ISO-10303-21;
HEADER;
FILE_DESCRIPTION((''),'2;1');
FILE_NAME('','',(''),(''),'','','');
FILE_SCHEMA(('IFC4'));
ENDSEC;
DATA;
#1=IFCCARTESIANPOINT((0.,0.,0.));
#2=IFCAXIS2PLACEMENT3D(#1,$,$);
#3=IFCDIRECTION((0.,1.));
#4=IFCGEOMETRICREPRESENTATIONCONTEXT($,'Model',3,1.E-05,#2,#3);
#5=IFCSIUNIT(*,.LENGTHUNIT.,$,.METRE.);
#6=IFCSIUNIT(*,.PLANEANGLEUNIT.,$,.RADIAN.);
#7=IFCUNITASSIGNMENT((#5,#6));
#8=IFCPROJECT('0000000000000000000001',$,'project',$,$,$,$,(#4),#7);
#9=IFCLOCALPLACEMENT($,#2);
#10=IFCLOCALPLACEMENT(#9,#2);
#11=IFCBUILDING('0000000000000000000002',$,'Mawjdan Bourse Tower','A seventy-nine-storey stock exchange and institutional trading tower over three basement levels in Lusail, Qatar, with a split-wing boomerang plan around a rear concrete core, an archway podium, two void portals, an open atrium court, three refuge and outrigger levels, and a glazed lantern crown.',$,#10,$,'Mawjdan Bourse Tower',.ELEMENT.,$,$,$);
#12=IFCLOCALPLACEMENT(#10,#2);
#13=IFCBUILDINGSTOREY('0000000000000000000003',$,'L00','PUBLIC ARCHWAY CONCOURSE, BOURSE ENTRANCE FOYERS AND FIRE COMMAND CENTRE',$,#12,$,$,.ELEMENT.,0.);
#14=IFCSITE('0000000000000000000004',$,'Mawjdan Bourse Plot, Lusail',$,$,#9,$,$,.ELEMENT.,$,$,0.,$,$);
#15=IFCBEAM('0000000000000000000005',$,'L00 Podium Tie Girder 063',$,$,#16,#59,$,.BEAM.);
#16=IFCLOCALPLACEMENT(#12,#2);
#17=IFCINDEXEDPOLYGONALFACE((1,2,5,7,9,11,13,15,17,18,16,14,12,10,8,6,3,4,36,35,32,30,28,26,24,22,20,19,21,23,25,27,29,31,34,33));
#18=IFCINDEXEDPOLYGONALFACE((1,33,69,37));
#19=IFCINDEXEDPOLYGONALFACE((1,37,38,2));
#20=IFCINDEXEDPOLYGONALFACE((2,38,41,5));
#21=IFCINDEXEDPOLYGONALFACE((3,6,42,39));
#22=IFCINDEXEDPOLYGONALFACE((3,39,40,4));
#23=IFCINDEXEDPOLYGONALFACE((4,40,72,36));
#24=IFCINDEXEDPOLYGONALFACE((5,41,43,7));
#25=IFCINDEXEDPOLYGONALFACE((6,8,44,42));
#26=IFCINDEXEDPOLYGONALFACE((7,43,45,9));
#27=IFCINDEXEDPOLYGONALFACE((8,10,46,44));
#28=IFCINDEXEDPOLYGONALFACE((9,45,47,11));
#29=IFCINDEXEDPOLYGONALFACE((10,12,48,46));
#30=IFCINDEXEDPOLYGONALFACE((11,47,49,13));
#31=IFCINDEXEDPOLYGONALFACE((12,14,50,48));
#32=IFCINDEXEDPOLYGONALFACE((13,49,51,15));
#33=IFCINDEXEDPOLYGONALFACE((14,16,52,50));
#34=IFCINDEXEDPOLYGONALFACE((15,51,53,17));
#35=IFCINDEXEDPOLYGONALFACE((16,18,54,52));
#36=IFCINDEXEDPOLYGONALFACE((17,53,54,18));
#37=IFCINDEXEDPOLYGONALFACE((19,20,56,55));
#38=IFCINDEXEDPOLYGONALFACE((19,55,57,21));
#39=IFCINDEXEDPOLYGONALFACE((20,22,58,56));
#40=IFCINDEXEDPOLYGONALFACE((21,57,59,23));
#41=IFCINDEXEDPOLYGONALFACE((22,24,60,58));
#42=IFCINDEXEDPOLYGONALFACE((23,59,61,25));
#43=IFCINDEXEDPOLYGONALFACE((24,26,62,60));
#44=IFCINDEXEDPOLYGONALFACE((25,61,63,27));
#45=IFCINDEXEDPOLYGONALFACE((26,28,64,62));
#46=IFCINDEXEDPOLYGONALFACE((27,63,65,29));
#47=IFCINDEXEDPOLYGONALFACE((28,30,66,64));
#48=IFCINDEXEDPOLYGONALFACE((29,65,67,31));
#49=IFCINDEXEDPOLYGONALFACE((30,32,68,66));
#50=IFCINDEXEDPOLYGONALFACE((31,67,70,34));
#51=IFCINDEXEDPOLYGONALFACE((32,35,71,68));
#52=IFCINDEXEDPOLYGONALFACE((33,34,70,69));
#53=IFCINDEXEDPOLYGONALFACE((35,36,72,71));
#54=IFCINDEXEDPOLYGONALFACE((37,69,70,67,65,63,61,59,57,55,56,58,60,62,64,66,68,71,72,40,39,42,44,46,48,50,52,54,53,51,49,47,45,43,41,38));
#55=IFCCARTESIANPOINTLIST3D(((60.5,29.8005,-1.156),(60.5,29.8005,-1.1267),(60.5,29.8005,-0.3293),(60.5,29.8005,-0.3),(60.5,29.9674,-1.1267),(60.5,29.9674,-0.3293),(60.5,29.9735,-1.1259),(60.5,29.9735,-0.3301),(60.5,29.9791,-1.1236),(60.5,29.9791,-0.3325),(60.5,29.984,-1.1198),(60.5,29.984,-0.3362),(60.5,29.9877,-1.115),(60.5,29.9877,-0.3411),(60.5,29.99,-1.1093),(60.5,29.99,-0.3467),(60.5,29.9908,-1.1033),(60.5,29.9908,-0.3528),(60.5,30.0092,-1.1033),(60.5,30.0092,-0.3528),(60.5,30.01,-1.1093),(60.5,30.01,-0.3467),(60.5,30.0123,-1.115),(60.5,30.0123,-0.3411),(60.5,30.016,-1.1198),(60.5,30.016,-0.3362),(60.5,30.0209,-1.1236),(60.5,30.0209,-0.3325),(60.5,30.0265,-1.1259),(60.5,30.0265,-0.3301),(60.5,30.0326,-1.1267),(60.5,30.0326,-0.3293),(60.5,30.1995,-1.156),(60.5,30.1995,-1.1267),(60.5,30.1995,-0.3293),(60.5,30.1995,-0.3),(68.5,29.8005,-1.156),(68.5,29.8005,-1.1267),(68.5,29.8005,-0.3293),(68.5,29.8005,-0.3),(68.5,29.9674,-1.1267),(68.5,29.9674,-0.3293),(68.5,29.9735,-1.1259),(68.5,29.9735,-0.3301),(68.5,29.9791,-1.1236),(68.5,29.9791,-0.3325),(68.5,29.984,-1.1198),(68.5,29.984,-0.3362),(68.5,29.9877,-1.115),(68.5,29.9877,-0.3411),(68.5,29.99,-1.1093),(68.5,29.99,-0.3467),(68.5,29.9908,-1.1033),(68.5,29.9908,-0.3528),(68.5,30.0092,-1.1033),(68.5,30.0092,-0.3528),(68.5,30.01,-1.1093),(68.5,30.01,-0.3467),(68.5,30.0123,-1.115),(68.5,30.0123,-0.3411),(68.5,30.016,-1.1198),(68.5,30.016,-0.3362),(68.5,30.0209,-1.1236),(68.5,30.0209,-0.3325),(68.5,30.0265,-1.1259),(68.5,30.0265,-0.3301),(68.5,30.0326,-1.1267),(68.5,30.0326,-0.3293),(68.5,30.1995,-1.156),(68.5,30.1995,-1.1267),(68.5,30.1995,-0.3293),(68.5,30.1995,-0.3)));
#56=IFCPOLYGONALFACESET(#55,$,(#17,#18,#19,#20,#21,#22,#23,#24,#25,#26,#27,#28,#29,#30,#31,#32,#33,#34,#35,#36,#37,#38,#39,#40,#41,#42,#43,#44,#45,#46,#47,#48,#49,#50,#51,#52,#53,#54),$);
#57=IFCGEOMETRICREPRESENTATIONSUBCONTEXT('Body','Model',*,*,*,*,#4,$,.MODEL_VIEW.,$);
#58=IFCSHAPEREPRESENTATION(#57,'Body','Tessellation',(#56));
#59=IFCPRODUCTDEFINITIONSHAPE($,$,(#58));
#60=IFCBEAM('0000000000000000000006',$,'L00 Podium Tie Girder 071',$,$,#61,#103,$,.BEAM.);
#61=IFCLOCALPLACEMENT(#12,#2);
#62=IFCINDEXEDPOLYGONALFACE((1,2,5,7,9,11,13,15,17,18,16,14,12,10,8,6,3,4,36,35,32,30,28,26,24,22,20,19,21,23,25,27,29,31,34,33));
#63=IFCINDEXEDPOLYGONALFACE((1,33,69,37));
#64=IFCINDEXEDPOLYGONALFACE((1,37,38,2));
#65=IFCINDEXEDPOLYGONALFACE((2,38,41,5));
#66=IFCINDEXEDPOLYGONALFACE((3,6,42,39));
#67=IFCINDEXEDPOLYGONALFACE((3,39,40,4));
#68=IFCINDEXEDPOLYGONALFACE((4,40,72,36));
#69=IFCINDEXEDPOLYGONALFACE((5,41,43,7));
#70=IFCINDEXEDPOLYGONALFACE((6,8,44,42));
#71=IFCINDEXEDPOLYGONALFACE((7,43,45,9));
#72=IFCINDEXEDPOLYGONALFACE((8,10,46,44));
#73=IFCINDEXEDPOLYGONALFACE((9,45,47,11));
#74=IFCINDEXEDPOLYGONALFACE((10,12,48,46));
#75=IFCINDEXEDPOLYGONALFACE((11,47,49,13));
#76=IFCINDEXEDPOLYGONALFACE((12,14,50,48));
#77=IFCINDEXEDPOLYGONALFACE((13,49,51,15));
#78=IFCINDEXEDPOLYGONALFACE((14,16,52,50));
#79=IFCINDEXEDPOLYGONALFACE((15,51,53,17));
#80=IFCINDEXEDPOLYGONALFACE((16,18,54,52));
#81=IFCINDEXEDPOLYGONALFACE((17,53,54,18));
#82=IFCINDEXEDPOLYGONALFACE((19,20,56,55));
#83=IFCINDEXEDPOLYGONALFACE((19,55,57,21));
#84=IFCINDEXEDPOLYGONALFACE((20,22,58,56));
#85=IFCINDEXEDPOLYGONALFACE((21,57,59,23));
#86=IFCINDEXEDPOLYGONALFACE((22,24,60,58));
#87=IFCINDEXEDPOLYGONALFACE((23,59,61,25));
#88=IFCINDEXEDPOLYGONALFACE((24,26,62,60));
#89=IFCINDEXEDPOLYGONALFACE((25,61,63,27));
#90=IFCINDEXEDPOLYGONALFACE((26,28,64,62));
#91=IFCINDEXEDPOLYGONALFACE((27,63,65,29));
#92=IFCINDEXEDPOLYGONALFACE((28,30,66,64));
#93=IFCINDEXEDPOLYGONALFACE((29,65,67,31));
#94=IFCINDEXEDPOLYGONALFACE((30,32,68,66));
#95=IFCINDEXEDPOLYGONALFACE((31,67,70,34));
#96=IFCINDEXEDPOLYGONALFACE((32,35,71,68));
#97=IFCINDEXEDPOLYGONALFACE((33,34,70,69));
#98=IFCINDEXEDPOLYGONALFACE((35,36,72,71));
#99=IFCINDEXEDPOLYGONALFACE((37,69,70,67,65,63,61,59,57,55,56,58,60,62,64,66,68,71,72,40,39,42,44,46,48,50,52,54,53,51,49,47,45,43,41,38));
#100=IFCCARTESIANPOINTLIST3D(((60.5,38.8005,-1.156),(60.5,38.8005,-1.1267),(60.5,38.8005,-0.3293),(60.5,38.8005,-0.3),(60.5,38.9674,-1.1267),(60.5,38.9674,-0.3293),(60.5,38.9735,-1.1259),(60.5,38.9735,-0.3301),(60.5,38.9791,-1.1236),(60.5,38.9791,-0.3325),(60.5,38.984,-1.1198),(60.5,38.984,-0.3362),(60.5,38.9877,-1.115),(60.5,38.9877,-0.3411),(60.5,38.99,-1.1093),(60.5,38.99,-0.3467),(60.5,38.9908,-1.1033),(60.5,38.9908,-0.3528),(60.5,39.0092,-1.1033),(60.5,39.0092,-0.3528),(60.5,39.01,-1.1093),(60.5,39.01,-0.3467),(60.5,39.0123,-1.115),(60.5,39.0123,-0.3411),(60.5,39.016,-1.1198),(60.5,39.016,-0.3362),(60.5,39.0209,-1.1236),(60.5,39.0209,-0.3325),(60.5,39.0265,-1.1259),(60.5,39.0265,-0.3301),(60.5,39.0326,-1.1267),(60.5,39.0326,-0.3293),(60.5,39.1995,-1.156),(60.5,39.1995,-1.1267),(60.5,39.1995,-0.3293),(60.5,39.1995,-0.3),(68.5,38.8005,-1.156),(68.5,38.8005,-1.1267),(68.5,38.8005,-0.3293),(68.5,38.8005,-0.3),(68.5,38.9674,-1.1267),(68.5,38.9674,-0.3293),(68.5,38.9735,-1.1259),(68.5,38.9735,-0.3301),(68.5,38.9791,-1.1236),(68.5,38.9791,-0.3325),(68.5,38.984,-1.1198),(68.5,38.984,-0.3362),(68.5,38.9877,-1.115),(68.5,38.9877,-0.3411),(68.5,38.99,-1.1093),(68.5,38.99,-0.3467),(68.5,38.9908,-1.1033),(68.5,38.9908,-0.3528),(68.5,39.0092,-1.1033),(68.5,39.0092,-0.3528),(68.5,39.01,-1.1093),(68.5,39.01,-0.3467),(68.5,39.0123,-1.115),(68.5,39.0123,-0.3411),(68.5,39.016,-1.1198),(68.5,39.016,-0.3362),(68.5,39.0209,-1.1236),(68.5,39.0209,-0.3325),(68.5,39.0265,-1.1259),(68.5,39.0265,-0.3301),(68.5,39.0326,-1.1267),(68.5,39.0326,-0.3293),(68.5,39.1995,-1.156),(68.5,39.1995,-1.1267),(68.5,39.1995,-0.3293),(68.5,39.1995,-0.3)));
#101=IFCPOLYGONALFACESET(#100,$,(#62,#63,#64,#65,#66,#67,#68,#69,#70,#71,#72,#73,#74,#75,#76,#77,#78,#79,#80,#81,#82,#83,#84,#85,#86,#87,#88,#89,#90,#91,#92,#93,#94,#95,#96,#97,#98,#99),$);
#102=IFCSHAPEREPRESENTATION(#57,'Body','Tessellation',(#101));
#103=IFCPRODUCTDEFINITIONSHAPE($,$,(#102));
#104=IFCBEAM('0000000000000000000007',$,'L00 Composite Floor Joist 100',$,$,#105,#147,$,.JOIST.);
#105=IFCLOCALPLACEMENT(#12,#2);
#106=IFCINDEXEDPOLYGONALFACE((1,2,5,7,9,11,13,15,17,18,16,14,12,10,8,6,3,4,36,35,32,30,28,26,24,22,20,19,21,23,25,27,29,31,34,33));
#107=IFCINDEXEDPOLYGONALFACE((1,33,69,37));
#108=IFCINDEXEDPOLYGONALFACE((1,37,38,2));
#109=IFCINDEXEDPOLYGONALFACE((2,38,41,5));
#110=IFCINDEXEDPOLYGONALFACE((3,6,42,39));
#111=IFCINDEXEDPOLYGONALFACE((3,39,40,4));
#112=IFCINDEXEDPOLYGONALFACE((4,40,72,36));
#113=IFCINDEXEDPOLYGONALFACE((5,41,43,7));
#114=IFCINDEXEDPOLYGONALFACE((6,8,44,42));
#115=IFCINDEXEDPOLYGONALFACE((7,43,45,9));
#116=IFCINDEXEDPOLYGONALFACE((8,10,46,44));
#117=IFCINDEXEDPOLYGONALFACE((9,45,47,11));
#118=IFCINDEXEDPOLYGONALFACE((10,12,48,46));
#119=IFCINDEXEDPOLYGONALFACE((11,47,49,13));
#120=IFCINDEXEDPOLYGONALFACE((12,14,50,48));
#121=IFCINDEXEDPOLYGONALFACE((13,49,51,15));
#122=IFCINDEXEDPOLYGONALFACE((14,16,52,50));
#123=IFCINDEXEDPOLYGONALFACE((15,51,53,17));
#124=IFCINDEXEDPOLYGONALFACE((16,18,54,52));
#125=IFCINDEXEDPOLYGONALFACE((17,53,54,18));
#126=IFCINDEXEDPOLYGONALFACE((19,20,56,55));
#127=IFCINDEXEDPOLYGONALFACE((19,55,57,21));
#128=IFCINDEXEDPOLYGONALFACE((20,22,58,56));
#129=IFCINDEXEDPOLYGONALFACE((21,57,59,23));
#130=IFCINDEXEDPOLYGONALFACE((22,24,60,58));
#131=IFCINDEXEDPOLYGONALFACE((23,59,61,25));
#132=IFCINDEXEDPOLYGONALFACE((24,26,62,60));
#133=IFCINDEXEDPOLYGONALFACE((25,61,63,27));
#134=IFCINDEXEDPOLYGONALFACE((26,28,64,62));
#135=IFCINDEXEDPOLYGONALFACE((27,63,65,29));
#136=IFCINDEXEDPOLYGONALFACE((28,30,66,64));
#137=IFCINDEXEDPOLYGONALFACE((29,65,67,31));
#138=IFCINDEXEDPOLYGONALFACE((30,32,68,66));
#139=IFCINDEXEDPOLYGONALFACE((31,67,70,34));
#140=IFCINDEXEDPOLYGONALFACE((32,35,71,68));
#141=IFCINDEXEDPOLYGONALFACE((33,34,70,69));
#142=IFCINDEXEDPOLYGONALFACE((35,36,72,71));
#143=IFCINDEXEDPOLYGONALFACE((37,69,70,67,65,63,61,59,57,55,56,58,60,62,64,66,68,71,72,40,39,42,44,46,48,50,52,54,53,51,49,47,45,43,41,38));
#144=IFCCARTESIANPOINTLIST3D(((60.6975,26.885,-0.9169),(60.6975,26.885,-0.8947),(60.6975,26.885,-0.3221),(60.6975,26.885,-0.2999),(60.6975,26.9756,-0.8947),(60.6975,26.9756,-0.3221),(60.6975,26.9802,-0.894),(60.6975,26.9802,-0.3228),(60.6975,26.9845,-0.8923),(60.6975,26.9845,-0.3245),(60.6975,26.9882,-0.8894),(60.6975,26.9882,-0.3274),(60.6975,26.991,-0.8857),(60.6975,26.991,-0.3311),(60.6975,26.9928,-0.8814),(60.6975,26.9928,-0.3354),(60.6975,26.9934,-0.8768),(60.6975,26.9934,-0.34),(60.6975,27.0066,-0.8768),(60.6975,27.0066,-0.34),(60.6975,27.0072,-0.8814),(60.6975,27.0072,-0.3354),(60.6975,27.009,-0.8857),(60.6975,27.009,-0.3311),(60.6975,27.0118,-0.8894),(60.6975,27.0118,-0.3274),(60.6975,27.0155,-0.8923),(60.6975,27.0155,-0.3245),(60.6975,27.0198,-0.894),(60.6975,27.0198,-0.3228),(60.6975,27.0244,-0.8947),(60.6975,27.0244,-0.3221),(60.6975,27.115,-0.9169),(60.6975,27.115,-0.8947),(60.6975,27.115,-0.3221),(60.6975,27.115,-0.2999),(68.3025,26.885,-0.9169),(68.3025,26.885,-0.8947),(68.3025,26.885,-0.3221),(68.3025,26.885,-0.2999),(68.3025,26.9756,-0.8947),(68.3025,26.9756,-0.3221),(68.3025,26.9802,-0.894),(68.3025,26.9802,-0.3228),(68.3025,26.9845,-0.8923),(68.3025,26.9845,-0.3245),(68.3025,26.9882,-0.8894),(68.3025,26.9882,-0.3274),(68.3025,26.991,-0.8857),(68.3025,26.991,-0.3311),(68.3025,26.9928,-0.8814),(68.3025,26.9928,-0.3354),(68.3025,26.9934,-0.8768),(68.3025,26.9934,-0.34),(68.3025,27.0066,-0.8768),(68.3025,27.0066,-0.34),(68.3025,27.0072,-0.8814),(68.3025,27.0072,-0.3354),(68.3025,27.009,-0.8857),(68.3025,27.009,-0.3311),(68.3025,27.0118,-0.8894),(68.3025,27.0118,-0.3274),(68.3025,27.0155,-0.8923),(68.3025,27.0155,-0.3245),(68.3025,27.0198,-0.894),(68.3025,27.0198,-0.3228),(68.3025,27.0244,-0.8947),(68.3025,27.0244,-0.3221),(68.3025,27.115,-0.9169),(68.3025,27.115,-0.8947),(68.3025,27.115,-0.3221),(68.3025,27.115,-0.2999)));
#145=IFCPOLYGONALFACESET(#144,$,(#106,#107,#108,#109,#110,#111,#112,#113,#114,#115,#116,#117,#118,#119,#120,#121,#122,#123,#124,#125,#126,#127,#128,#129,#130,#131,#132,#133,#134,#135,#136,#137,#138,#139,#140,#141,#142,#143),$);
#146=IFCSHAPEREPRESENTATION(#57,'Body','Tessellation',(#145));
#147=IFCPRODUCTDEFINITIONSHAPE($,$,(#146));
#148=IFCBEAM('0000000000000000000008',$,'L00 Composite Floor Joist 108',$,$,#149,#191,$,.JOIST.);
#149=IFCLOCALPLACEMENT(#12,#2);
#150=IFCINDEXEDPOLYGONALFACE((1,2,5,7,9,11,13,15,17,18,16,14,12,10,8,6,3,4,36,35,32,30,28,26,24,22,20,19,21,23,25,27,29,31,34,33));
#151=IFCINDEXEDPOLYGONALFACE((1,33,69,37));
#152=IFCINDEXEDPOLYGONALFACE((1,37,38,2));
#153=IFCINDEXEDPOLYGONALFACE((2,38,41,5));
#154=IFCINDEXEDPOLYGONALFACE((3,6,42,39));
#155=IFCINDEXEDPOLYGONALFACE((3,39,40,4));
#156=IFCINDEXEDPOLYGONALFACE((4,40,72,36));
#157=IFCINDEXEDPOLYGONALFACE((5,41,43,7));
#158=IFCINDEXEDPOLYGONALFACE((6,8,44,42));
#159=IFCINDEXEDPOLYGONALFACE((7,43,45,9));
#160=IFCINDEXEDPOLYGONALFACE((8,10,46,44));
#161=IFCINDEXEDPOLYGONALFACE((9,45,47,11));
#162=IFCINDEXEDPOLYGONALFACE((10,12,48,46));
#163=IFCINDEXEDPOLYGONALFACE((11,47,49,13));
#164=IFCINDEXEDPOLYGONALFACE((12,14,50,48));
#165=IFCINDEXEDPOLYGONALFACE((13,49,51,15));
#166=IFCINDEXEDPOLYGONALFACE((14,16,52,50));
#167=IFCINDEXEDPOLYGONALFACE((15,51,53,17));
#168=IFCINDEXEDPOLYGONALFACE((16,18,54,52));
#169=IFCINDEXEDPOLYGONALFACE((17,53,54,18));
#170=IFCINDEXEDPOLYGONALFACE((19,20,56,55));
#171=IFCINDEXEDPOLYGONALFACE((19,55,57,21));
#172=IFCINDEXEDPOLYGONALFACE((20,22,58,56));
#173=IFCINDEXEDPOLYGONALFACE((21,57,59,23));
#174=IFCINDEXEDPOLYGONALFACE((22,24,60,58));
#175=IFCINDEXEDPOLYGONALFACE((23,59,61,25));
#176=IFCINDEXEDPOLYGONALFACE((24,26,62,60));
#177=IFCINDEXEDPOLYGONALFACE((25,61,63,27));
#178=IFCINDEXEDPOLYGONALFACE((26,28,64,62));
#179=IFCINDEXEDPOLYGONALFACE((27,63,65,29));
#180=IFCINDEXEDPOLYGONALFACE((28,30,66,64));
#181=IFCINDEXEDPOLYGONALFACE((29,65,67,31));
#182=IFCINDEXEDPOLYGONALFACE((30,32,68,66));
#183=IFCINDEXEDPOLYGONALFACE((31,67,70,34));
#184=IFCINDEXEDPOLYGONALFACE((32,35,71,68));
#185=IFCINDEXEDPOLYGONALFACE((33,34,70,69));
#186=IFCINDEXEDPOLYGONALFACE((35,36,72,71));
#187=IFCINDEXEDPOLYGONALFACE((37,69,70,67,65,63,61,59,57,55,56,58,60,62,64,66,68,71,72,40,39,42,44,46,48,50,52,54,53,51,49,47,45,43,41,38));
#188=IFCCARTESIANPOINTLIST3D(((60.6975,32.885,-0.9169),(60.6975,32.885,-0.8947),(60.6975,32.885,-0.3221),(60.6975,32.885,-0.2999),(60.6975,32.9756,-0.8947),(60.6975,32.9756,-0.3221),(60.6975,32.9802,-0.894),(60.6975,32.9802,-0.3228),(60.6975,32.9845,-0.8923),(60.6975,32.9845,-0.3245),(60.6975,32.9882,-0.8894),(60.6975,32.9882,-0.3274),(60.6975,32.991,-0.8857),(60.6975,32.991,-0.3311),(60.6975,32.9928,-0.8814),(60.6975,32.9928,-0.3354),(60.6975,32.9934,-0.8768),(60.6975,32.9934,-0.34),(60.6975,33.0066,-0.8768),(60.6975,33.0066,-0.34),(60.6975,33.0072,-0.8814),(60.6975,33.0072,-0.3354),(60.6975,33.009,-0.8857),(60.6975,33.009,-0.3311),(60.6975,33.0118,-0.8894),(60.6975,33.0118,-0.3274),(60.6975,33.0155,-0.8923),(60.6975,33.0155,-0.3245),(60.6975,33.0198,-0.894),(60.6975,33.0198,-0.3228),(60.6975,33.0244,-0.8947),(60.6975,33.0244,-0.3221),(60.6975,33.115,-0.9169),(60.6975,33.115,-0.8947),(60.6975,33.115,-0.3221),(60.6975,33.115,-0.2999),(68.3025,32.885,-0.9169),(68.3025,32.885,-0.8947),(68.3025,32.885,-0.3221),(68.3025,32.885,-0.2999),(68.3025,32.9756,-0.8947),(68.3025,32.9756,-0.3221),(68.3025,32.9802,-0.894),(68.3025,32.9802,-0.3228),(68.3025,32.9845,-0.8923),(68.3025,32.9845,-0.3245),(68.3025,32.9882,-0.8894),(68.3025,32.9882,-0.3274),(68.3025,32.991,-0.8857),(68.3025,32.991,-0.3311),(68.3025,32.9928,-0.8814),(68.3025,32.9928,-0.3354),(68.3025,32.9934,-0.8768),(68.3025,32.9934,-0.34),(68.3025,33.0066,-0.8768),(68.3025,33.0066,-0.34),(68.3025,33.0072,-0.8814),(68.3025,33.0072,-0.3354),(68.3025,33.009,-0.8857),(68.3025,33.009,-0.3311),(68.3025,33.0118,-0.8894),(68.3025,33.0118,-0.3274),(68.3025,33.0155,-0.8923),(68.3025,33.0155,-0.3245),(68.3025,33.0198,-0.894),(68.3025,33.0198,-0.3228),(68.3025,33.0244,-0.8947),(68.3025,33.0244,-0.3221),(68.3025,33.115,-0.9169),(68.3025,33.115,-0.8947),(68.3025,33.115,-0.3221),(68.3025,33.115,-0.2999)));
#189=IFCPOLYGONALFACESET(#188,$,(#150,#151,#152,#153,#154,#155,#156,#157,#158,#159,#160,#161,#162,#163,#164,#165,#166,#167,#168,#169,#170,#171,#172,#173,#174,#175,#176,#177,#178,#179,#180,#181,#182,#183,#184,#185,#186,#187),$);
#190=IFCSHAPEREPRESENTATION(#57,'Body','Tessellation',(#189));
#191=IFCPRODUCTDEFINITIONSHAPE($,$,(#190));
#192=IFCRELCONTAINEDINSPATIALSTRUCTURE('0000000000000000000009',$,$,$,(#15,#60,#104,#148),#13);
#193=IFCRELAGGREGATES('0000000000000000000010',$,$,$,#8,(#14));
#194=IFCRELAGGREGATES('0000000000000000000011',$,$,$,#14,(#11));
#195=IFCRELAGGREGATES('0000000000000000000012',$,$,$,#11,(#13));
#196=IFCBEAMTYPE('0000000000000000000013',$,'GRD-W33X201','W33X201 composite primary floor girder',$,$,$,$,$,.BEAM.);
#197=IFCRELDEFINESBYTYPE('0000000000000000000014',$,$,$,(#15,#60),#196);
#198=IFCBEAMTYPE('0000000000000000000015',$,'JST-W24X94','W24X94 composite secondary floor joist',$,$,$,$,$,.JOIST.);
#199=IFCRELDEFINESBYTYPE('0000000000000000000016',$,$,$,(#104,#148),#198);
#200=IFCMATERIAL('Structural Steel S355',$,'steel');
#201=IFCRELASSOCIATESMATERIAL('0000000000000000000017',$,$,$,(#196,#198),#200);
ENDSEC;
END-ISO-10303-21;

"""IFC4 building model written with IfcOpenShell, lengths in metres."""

from ifc_helpers import new_model, si_unit, direction, frame, origin, origin_2d, place, context, subcontext, project, spatial, i_section, extrude, material, material_profile, profile_set, type_object, element, save


model = new_model("IFC4")

# Units and contexts
model_context = context("Model", 3, precision=1e-05, world=origin(), true_north=direction((0.0, 1.0)))
body_context = subcontext(model_context, "Body", "Model", "MODEL_VIEW")
ifc_project = project(units=[si_unit("LENGTHUNIT", "METRE"), si_unit("PLANEANGLEUNIT", "RADIAN")], contexts=[model_context])

# Site, building, storey
site_placement = place(None, origin())
site = spatial("IfcSite", under=ifc_project, at=site_placement, Name="Mawjdan Bourse Plot, Lusail", CompositionType="ELEMENT", RefElevation=0.0)
building_placement = place(site_placement, origin())
building = spatial("IfcBuilding", under=site, at=building_placement, Name="Mawjdan Bourse Tower", Description="A seventy-nine-storey stock exchange and institutional trading tower over three basement levels in Lusail, Qatar, with a split-wing boomerang plan around a rear concrete core, an archway podium, two void portals, an open atrium court, three refuge and outrigger levels, and a glazed lantern crown.", LongName="Mawjdan Bourse Tower", CompositionType="ELEMENT")
storey_placement = place(building_placement, origin())
storey = spatial("IfcBuildingStorey", under=building, at=storey_placement, Name="L00", Description="PUBLIC ARCHWAY CONCOURSE, BOURSE ENTRANCE FOYERS AND FIRE COMMAND CENTRE", CompositionType="ELEMENT", Elevation=0.0)

# Beams
ifc_material_1 = material(Name="Structural Steel S355", Category="steel")
ifc_material_profile_1 = material_profile(ifc_material_1, i_section(OverallWidth=0.3989, OverallDepth=0.856, WebThickness=0.0183, FlangeThickness=0.0293, FilletRadius=0.0234, at=origin_2d()), Name="W33X201")
ifc_profile_set_1 = profile_set([ifc_material_profile_1], Name="Structural Steel S355")
beam_type_1 = type_object("IfcBeamType", Name="GRD-W33X201", Description="W33X201 composite primary floor girder", PredefinedType="BEAM", material=ifc_profile_set_1)
for number, where, z_axis, x_axis, name in (
    (1, (60.5, 30.0, -0.728), (1.0, 0.0, 0.0), (0.0, 1.0, 0.0), "L00 Podium Tie Girder 063"),
    (2, (60.5, 39.0, -0.728), (1.0, 0.0, 0.0), (0.0, 1.0, 0.0), "L00 Podium Tie Girder 071"),
):
    element("IfcBeam", number, at=place(storey_placement, frame(where, z_axis=z_axis, x_axis=x_axis)), inside=storey, type_object=beam_type_1, Name=name, PredefinedType="BEAM", context=body_context, shape_type="SweptSolid", body=[
        extrude(i_section(OverallWidth=0.3989, OverallDepth=0.856, WebThickness=0.0183, FlangeThickness=0.0293, FilletRadius=0.0234, at=origin_2d()), origin(), (0.0, 0.0, 1.0), 8.0),
    ])
ifc_material_profile_2 = material_profile(ifc_material_1, i_section(OverallWidth=0.23, OverallDepth=0.6169, WebThickness=0.0132, FlangeThickness=0.0222, FilletRadius=0.0178, at=origin_2d()), Name="W24X94")
ifc_profile_set_2 = profile_set([ifc_material_profile_2], Name="Structural Steel S355")
beam_type_2 = type_object("IfcBeamType", Name="JST-W24X94", Description="W24X94 composite secondary floor joist", PredefinedType="JOIST", material=ifc_profile_set_2)
for number, where, z_axis, x_axis, name in (
    (3, (60.6975, 27.0, -0.6084), (1.0, 0.0, 0.0), (0.0, 1.0, 0.0), "L00 Composite Floor Joist 100"),
    (4, (60.6975, 33.0, -0.6084), (1.0, 0.0, 0.0), (0.0, 1.0, 0.0), "L00 Composite Floor Joist 108"),
):
    element("IfcBeam", number, at=place(storey_placement, frame(where, z_axis=z_axis, x_axis=x_axis)), inside=storey, type_object=beam_type_2, Name=name, PredefinedType="JOIST", context=body_context, shape_type="SweptSolid", body=[
        extrude(i_section(OverallWidth=0.23, OverallDepth=0.6169, WebThickness=0.0132, FlangeThickness=0.0222, FilletRadius=0.0178, at=origin_2d()), origin(), (0.0, 0.0, 1.0), 7.605),
    ])

save(model, "model.ifc")
